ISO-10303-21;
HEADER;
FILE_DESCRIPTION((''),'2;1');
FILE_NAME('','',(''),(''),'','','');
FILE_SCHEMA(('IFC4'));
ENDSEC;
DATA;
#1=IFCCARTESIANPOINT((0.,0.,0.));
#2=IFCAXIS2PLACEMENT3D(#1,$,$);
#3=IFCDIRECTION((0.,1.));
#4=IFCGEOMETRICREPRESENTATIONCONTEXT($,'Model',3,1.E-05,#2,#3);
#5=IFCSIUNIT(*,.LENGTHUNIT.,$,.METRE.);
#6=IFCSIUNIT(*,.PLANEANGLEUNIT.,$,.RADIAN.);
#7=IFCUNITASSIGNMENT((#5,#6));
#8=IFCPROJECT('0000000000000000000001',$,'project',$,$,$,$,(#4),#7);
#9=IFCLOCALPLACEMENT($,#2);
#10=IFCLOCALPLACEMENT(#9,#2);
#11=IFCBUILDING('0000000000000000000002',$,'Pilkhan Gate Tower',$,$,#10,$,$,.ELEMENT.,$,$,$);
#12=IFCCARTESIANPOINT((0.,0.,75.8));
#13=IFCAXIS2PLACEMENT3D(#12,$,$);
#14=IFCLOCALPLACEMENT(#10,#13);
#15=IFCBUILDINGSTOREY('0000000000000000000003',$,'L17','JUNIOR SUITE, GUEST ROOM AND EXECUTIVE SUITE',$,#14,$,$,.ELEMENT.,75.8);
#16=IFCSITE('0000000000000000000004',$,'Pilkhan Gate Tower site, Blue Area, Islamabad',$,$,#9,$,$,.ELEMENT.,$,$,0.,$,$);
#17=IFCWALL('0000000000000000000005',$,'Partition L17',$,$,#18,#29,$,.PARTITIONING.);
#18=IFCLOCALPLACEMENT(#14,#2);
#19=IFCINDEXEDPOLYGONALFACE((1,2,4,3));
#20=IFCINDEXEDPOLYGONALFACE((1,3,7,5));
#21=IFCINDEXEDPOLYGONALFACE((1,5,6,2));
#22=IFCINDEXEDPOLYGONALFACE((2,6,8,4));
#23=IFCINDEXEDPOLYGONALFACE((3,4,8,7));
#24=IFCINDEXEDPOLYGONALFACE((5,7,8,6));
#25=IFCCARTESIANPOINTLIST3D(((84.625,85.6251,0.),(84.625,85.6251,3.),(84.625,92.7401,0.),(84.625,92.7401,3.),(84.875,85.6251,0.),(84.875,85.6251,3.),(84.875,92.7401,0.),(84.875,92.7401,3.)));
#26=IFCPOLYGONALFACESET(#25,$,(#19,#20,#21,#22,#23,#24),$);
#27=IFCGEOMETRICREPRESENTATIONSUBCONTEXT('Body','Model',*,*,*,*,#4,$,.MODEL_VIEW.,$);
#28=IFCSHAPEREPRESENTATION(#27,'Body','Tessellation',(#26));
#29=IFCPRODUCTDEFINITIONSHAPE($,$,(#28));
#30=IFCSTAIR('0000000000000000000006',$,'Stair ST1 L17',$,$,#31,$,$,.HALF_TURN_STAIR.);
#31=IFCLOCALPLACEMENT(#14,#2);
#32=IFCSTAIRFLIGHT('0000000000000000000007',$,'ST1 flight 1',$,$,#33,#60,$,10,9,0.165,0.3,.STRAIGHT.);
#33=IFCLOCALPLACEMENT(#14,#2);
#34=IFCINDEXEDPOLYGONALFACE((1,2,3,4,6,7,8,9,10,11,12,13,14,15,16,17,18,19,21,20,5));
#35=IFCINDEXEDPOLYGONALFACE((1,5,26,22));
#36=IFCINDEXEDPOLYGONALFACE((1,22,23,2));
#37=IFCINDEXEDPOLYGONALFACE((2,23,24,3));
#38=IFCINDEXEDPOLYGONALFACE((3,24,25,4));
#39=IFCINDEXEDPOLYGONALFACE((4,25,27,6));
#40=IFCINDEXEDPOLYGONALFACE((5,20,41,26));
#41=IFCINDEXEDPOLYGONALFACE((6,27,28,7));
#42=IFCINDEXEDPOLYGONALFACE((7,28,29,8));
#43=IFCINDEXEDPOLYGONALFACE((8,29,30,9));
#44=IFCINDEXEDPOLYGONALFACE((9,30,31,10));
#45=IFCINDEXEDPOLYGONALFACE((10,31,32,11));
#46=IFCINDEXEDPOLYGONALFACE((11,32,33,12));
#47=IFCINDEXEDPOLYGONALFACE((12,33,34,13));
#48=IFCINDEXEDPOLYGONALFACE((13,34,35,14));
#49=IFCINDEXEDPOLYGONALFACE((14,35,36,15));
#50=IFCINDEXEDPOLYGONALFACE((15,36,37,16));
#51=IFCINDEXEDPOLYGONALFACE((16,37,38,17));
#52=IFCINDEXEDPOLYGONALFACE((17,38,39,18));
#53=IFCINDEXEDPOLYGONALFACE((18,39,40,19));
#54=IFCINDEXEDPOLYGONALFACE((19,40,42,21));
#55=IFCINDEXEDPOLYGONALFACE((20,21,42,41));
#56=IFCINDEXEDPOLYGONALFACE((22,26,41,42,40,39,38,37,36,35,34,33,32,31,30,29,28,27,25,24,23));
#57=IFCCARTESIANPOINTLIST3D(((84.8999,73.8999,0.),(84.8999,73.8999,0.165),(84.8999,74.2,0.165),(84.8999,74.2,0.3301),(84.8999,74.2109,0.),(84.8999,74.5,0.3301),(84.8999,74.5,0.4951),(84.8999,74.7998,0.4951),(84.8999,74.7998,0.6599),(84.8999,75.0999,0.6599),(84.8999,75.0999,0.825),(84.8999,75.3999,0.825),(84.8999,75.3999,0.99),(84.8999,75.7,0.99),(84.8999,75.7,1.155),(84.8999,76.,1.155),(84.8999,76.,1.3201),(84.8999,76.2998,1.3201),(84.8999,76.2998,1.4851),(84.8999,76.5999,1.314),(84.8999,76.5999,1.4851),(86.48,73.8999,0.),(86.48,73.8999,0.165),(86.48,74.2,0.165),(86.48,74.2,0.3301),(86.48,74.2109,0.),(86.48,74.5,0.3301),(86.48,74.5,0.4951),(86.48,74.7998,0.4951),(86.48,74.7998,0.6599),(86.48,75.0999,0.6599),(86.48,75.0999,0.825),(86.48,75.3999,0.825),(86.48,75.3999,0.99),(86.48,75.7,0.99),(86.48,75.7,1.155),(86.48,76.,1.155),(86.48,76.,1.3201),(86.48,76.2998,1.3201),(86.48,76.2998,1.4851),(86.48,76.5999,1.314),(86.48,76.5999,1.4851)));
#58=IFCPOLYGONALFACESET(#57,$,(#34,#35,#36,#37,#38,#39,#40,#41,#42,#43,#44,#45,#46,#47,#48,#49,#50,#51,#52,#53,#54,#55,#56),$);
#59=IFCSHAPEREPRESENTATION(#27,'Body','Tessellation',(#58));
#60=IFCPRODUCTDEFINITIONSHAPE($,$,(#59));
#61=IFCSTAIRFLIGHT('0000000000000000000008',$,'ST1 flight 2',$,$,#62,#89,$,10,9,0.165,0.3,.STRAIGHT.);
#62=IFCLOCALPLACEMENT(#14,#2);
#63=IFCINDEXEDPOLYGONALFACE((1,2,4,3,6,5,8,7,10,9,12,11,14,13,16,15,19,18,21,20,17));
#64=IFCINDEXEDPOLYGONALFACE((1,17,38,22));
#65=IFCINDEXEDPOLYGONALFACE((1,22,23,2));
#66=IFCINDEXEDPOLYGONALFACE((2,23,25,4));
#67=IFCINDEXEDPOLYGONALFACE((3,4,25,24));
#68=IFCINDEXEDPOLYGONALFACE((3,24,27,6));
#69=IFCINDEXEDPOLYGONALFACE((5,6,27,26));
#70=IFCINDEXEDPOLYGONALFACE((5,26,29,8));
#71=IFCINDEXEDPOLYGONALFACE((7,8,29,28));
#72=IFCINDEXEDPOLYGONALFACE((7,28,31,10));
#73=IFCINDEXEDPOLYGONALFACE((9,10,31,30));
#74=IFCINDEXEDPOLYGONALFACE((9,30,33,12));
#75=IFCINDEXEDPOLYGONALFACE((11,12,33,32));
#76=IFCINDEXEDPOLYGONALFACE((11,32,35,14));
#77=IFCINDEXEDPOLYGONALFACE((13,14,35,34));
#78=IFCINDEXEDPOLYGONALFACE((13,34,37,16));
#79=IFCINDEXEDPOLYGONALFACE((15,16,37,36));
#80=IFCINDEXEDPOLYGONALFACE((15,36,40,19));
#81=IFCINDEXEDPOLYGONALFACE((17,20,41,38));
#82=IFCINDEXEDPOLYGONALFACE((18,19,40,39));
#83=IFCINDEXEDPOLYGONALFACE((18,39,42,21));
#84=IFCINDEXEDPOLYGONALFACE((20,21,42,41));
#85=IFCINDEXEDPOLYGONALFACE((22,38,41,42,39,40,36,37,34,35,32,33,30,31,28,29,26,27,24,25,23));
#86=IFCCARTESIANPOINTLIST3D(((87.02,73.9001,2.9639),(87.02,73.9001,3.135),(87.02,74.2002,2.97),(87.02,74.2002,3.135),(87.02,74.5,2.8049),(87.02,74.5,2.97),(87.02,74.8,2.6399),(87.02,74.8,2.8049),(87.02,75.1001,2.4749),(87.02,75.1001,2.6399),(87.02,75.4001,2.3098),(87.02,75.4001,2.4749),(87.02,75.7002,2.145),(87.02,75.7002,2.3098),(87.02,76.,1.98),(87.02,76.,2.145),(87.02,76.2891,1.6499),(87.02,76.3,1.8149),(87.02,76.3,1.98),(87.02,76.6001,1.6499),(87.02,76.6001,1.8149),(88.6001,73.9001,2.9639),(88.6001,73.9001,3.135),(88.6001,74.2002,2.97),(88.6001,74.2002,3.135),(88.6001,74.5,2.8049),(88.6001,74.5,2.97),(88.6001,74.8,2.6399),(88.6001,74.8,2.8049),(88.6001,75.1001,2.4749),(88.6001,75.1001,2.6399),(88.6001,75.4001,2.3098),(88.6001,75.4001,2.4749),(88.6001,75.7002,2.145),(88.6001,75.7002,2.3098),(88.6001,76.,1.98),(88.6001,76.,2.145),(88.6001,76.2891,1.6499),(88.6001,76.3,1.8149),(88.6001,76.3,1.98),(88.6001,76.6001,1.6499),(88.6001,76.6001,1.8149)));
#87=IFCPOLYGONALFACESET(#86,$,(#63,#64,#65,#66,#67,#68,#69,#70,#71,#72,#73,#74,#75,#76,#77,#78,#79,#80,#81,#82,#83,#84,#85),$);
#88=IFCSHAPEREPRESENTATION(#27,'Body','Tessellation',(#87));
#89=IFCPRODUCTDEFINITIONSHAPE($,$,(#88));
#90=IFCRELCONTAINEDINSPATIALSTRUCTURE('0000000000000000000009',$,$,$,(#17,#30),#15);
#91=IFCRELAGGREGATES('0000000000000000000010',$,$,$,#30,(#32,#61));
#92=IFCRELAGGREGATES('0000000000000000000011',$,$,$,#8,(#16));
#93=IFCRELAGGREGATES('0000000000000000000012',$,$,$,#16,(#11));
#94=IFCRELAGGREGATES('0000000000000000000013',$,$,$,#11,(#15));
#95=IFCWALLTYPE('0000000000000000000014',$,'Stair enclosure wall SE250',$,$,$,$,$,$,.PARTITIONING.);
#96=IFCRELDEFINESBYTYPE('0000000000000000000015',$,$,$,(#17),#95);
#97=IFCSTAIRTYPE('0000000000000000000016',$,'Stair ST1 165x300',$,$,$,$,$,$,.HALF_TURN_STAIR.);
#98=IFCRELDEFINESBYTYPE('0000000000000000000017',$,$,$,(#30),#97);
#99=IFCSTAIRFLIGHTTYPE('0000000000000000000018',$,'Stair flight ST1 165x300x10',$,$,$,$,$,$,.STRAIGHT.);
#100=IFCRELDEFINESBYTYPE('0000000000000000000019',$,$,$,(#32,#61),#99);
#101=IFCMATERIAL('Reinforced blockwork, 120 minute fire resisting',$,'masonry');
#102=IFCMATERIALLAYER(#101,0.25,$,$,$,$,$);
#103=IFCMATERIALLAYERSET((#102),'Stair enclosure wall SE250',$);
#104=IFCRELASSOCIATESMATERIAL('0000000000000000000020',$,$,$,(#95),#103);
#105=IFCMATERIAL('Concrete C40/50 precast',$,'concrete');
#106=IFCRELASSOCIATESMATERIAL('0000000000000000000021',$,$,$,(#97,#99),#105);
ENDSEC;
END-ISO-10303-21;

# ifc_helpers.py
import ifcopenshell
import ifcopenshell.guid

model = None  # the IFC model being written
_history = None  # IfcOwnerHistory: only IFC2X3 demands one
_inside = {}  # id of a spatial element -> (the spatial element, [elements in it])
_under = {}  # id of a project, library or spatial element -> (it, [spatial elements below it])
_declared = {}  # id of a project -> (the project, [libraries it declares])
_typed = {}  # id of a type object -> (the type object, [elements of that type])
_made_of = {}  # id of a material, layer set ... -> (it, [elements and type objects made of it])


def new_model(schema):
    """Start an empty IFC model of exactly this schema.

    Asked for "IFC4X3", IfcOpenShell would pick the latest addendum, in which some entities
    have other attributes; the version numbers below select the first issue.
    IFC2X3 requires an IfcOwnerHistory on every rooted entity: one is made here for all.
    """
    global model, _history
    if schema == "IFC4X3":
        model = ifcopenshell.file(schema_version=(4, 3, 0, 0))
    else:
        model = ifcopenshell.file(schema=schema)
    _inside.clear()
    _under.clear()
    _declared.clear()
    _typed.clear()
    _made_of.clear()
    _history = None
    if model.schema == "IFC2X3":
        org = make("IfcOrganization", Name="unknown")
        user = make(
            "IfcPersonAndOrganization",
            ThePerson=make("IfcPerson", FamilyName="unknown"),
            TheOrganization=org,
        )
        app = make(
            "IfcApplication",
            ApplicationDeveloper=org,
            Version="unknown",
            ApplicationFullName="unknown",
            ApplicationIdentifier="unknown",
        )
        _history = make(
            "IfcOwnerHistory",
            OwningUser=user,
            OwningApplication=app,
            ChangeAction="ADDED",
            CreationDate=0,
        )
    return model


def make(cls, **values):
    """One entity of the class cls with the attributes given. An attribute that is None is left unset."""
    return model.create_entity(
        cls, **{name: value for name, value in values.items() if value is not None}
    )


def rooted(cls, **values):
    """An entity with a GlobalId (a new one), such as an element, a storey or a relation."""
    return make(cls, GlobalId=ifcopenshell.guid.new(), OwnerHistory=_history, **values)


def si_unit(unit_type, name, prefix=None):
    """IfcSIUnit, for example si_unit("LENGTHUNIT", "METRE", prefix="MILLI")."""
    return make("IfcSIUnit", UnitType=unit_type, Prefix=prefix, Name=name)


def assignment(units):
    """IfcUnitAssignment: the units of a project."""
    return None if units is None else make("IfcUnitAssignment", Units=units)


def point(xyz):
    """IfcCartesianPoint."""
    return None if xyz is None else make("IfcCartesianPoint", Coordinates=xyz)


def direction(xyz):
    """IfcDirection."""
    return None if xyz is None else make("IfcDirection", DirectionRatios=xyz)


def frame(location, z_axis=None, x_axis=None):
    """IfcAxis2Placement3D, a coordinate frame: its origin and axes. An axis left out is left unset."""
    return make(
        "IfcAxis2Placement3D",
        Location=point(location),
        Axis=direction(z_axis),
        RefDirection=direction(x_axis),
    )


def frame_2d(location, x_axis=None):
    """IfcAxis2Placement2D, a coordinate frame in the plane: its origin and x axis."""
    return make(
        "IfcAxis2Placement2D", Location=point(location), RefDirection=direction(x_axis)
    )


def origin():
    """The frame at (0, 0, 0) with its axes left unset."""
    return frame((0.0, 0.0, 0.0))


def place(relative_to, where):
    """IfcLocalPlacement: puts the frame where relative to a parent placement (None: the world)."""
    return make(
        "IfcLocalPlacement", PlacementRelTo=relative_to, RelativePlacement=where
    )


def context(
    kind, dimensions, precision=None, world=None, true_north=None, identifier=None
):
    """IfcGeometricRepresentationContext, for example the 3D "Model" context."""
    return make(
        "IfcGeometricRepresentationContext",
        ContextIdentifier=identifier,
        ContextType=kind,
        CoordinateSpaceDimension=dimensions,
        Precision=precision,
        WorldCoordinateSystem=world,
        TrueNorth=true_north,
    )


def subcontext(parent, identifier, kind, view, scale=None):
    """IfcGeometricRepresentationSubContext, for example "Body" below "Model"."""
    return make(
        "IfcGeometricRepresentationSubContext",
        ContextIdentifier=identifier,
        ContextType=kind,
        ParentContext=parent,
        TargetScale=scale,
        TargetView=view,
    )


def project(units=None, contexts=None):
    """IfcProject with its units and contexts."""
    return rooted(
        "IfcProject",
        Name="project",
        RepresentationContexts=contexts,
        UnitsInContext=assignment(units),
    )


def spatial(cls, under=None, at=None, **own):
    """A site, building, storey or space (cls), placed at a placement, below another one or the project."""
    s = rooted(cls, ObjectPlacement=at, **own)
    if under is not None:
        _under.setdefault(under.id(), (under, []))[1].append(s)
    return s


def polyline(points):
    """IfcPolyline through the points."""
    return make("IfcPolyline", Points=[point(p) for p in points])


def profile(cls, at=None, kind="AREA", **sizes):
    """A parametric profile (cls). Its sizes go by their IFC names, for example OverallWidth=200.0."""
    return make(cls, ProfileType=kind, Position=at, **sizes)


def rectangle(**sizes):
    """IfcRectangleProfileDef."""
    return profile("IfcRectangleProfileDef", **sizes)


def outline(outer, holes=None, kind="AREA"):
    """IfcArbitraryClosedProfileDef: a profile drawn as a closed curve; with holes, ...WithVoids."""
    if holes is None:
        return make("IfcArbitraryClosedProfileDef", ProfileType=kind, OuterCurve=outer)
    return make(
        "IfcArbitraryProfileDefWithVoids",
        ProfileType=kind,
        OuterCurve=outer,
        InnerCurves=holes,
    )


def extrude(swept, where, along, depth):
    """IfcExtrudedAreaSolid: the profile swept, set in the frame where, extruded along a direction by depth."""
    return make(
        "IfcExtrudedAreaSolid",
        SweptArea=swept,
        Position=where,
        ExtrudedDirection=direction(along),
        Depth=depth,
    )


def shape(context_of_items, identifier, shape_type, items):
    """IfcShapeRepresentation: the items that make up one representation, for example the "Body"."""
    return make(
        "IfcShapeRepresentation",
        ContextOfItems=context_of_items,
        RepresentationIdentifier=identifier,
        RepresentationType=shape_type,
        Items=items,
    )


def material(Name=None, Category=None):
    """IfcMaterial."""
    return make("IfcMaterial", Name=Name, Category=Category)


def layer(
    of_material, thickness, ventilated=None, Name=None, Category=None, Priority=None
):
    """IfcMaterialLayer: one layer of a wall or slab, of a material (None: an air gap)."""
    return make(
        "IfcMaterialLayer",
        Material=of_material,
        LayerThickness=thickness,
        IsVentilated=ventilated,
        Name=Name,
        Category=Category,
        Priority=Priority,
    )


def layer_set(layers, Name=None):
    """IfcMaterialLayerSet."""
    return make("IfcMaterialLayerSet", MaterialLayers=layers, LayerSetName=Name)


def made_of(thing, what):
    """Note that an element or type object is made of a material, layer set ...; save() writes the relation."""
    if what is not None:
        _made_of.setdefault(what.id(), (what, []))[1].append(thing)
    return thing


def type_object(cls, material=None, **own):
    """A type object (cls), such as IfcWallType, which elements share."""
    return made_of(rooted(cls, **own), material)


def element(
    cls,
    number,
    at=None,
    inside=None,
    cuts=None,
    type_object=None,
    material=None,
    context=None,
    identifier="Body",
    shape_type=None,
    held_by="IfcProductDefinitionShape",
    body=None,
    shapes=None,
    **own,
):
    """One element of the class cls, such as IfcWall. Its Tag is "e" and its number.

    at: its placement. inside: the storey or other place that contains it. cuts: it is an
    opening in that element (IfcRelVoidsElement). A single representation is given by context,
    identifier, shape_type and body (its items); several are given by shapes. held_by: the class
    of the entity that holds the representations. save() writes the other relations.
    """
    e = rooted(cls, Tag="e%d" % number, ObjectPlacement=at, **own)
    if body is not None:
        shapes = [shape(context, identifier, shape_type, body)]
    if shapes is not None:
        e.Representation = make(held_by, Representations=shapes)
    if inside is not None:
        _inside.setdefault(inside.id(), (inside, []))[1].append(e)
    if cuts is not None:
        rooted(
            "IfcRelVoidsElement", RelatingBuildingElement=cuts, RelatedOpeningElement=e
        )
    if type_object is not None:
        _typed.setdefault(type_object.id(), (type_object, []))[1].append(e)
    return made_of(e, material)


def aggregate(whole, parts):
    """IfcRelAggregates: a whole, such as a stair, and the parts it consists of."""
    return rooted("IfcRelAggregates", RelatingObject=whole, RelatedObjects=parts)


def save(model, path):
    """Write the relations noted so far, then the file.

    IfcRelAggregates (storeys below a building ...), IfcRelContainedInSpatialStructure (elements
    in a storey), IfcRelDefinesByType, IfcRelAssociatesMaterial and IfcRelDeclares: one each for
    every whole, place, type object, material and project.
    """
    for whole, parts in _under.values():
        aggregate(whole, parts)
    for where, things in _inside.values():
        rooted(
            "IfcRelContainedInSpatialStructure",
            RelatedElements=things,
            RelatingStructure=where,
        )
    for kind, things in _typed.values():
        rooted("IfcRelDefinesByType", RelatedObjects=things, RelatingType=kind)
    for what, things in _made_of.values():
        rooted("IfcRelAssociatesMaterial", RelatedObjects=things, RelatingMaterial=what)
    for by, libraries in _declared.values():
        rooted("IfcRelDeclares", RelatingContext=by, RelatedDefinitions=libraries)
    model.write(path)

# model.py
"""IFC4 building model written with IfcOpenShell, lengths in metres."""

from ifc_helpers import new_model, si_unit, direction, frame, frame_2d, origin, place, context, subcontext, project, spatial, polyline, rectangle, outline, extrude, material, layer, layer_set, type_object, element, aggregate, save


model = new_model("IFC4")

# Units and contexts
model_context = context("Model", 3, precision=1e-05, world=origin(), true_north=direction((0.0, 1.0)))
body_context = subcontext(model_context, "Body", "Model", "MODEL_VIEW")
ifc_project = project(units=[si_unit("LENGTHUNIT", "METRE"), si_unit("PLANEANGLEUNIT", "RADIAN")], contexts=[model_context])

# Site, building, storey
site_placement = place(None, origin())
site = spatial("IfcSite", under=ifc_project, at=site_placement, Name="Pilkhan Gate Tower site, Blue Area, Islamabad", CompositionType="ELEMENT", RefElevation=0.0)
building_placement = place(site_placement, origin())
building = spatial("IfcBuilding", under=site, at=building_placement, Name="Pilkhan Gate Tower", CompositionType="ELEMENT")
storey_placement = place(building_placement, frame((0.0, 0.0, 75.8)))
storey = spatial("IfcBuildingStorey", under=building, at=storey_placement, Name="L17", Description="JUNIOR SUITE, GUEST ROOM AND EXECUTIVE SUITE", CompositionType="ELEMENT", Elevation=75.8)

# Wall
ifc_material_1 = material(Name="Reinforced blockwork, 120 minute fire resisting", Category="masonry")
ifc_layer_1 = layer(ifc_material_1, 0.25)
ifc_layer_set_1 = layer_set([ifc_layer_1], Name="Stair enclosure wall SE250")
wall_type_1 = type_object("IfcWallType", Name="Stair enclosure wall SE250", PredefinedType="PARTITIONING", material=ifc_layer_set_1)
for number, where, z_axis, x_axis, name in (
    (1, (84.75, 85.625, 0.0), (0.0, 0.0, 1.0), (0.0, 1.0, 0.0), "Partition L17"),
):
    element("IfcWall", number, at=place(storey_placement, frame(where, z_axis=z_axis, x_axis=x_axis)), inside=storey, type_object=wall_type_1, Name=name, PredefinedType="PARTITIONING", context=body_context, shape_type="SweptSolid", body=[
        extrude(rectangle(XDim=7.115, YDim=0.25, at=frame_2d((3.5576, 0.0))), origin(), (0.0, 0.0, 1.0), 3.0),
    ])

# Stair, stair flights
ifc_material_2 = material(Name="Concrete C40/50 precast", Category="concrete")
stair_type = type_object("IfcStairType", Name="Stair ST1 165x300", PredefinedType="HALF_TURN_STAIR", material=ifc_material_2)
stair_placement = place(storey_placement, origin())
stair = element("IfcStair", 2, at=stair_placement, inside=storey, type_object=stair_type, Name="Stair ST1 L17", PredefinedType="HALF_TURN_STAIR")
stair_flight_type = type_object("IfcStairFlightType", Name="Stair flight ST1 165x300x10", PredefinedType="STRAIGHT", material=ifc_material_2)
stair_flight_1_placement = place(storey_placement, frame((85.6899, 73.8999, 0.0), z_axis=(0.0, 0.0, 1.0), x_axis=(0.0, 1.0, 0.0)))
stair_flight_1 = element("IfcStairFlight", 3, at=stair_flight_1_placement, type_object=stair_flight_type, Name="ST1 flight 1", NumberOfRisers=10, NumberOfTreads=9, PredefinedType="STRAIGHT", RiserHeight=0.165, TreadLength=0.3, context=body_context, shape_type="SweptSolid", body=[
    extrude(outline(polyline([(0.0, 0.0), (0.0, 0.165), (0.3, 0.165), (0.3, 0.3301), (0.6001, 0.3301), (0.6001, 0.4951), (0.8999, 0.4951), (0.8999, 0.6599), (1.2, 0.6599), (1.2, 0.825), (1.5, 0.825), (1.5, 0.99), (1.8, 0.99), (1.8, 1.155), (2.1001, 1.155), (2.1001, 1.3201), (2.3999, 1.3201), (2.3999, 1.4851), (2.7, 1.4851), (2.7, 1.6499), (2.7, 1.314), (0.311, 0.0), (0.0, 0.0)])), frame((0.0, 0.79, 0.0), z_axis=(0.0, -1.0, 0.0), x_axis=(1.0, 0.0, 0.0)), (0.0, 0.0, 1.0), 1.5801),
])
stair_flight_2_placement = place(storey_placement, frame((87.8101, 76.6001, 1.6499), z_axis=(0.0, 0.0, 1.0), x_axis=(0.0, -1.0, 0.0)))
stair_flight_2 = element("IfcStairFlight", 4, at=stair_flight_2_placement, type_object=stair_flight_type, Name="ST1 flight 2", NumberOfRisers=10, NumberOfTreads=9, PredefinedType="STRAIGHT", RiserHeight=0.165, TreadLength=0.3, context=body_context, shape_type="SweptSolid", body=[
    extrude(outline(polyline([(0.0, 0.0), (0.0, 0.165), (0.3, 0.165), (0.3, 0.3301), (0.6001, 0.3301), (0.6001, 0.4951), (0.8999, 0.4951), (0.8999, 0.6599), (1.2, 0.6599), (1.2, 0.825), (1.5, 0.825), (1.5, 0.99), (1.8, 0.99), (1.8, 1.155), (2.1001, 1.155), (2.1001, 1.3201), (2.3999, 1.3201), (2.3999, 1.4851), (2.7, 1.4851), (2.7, 1.6499), (2.7, 1.314), (0.311, 0.0), (0.0, 0.0)])), frame((0.0, 0.79, 0.0), z_axis=(0.0, -1.0, 0.0), x_axis=(1.0, 0.0, 0.0)), (0.0, 0.0, 1.0), 1.5801),
])
aggregate(stair, [stair_flight_1, stair_flight_2])

save(model, "model.ifc")
